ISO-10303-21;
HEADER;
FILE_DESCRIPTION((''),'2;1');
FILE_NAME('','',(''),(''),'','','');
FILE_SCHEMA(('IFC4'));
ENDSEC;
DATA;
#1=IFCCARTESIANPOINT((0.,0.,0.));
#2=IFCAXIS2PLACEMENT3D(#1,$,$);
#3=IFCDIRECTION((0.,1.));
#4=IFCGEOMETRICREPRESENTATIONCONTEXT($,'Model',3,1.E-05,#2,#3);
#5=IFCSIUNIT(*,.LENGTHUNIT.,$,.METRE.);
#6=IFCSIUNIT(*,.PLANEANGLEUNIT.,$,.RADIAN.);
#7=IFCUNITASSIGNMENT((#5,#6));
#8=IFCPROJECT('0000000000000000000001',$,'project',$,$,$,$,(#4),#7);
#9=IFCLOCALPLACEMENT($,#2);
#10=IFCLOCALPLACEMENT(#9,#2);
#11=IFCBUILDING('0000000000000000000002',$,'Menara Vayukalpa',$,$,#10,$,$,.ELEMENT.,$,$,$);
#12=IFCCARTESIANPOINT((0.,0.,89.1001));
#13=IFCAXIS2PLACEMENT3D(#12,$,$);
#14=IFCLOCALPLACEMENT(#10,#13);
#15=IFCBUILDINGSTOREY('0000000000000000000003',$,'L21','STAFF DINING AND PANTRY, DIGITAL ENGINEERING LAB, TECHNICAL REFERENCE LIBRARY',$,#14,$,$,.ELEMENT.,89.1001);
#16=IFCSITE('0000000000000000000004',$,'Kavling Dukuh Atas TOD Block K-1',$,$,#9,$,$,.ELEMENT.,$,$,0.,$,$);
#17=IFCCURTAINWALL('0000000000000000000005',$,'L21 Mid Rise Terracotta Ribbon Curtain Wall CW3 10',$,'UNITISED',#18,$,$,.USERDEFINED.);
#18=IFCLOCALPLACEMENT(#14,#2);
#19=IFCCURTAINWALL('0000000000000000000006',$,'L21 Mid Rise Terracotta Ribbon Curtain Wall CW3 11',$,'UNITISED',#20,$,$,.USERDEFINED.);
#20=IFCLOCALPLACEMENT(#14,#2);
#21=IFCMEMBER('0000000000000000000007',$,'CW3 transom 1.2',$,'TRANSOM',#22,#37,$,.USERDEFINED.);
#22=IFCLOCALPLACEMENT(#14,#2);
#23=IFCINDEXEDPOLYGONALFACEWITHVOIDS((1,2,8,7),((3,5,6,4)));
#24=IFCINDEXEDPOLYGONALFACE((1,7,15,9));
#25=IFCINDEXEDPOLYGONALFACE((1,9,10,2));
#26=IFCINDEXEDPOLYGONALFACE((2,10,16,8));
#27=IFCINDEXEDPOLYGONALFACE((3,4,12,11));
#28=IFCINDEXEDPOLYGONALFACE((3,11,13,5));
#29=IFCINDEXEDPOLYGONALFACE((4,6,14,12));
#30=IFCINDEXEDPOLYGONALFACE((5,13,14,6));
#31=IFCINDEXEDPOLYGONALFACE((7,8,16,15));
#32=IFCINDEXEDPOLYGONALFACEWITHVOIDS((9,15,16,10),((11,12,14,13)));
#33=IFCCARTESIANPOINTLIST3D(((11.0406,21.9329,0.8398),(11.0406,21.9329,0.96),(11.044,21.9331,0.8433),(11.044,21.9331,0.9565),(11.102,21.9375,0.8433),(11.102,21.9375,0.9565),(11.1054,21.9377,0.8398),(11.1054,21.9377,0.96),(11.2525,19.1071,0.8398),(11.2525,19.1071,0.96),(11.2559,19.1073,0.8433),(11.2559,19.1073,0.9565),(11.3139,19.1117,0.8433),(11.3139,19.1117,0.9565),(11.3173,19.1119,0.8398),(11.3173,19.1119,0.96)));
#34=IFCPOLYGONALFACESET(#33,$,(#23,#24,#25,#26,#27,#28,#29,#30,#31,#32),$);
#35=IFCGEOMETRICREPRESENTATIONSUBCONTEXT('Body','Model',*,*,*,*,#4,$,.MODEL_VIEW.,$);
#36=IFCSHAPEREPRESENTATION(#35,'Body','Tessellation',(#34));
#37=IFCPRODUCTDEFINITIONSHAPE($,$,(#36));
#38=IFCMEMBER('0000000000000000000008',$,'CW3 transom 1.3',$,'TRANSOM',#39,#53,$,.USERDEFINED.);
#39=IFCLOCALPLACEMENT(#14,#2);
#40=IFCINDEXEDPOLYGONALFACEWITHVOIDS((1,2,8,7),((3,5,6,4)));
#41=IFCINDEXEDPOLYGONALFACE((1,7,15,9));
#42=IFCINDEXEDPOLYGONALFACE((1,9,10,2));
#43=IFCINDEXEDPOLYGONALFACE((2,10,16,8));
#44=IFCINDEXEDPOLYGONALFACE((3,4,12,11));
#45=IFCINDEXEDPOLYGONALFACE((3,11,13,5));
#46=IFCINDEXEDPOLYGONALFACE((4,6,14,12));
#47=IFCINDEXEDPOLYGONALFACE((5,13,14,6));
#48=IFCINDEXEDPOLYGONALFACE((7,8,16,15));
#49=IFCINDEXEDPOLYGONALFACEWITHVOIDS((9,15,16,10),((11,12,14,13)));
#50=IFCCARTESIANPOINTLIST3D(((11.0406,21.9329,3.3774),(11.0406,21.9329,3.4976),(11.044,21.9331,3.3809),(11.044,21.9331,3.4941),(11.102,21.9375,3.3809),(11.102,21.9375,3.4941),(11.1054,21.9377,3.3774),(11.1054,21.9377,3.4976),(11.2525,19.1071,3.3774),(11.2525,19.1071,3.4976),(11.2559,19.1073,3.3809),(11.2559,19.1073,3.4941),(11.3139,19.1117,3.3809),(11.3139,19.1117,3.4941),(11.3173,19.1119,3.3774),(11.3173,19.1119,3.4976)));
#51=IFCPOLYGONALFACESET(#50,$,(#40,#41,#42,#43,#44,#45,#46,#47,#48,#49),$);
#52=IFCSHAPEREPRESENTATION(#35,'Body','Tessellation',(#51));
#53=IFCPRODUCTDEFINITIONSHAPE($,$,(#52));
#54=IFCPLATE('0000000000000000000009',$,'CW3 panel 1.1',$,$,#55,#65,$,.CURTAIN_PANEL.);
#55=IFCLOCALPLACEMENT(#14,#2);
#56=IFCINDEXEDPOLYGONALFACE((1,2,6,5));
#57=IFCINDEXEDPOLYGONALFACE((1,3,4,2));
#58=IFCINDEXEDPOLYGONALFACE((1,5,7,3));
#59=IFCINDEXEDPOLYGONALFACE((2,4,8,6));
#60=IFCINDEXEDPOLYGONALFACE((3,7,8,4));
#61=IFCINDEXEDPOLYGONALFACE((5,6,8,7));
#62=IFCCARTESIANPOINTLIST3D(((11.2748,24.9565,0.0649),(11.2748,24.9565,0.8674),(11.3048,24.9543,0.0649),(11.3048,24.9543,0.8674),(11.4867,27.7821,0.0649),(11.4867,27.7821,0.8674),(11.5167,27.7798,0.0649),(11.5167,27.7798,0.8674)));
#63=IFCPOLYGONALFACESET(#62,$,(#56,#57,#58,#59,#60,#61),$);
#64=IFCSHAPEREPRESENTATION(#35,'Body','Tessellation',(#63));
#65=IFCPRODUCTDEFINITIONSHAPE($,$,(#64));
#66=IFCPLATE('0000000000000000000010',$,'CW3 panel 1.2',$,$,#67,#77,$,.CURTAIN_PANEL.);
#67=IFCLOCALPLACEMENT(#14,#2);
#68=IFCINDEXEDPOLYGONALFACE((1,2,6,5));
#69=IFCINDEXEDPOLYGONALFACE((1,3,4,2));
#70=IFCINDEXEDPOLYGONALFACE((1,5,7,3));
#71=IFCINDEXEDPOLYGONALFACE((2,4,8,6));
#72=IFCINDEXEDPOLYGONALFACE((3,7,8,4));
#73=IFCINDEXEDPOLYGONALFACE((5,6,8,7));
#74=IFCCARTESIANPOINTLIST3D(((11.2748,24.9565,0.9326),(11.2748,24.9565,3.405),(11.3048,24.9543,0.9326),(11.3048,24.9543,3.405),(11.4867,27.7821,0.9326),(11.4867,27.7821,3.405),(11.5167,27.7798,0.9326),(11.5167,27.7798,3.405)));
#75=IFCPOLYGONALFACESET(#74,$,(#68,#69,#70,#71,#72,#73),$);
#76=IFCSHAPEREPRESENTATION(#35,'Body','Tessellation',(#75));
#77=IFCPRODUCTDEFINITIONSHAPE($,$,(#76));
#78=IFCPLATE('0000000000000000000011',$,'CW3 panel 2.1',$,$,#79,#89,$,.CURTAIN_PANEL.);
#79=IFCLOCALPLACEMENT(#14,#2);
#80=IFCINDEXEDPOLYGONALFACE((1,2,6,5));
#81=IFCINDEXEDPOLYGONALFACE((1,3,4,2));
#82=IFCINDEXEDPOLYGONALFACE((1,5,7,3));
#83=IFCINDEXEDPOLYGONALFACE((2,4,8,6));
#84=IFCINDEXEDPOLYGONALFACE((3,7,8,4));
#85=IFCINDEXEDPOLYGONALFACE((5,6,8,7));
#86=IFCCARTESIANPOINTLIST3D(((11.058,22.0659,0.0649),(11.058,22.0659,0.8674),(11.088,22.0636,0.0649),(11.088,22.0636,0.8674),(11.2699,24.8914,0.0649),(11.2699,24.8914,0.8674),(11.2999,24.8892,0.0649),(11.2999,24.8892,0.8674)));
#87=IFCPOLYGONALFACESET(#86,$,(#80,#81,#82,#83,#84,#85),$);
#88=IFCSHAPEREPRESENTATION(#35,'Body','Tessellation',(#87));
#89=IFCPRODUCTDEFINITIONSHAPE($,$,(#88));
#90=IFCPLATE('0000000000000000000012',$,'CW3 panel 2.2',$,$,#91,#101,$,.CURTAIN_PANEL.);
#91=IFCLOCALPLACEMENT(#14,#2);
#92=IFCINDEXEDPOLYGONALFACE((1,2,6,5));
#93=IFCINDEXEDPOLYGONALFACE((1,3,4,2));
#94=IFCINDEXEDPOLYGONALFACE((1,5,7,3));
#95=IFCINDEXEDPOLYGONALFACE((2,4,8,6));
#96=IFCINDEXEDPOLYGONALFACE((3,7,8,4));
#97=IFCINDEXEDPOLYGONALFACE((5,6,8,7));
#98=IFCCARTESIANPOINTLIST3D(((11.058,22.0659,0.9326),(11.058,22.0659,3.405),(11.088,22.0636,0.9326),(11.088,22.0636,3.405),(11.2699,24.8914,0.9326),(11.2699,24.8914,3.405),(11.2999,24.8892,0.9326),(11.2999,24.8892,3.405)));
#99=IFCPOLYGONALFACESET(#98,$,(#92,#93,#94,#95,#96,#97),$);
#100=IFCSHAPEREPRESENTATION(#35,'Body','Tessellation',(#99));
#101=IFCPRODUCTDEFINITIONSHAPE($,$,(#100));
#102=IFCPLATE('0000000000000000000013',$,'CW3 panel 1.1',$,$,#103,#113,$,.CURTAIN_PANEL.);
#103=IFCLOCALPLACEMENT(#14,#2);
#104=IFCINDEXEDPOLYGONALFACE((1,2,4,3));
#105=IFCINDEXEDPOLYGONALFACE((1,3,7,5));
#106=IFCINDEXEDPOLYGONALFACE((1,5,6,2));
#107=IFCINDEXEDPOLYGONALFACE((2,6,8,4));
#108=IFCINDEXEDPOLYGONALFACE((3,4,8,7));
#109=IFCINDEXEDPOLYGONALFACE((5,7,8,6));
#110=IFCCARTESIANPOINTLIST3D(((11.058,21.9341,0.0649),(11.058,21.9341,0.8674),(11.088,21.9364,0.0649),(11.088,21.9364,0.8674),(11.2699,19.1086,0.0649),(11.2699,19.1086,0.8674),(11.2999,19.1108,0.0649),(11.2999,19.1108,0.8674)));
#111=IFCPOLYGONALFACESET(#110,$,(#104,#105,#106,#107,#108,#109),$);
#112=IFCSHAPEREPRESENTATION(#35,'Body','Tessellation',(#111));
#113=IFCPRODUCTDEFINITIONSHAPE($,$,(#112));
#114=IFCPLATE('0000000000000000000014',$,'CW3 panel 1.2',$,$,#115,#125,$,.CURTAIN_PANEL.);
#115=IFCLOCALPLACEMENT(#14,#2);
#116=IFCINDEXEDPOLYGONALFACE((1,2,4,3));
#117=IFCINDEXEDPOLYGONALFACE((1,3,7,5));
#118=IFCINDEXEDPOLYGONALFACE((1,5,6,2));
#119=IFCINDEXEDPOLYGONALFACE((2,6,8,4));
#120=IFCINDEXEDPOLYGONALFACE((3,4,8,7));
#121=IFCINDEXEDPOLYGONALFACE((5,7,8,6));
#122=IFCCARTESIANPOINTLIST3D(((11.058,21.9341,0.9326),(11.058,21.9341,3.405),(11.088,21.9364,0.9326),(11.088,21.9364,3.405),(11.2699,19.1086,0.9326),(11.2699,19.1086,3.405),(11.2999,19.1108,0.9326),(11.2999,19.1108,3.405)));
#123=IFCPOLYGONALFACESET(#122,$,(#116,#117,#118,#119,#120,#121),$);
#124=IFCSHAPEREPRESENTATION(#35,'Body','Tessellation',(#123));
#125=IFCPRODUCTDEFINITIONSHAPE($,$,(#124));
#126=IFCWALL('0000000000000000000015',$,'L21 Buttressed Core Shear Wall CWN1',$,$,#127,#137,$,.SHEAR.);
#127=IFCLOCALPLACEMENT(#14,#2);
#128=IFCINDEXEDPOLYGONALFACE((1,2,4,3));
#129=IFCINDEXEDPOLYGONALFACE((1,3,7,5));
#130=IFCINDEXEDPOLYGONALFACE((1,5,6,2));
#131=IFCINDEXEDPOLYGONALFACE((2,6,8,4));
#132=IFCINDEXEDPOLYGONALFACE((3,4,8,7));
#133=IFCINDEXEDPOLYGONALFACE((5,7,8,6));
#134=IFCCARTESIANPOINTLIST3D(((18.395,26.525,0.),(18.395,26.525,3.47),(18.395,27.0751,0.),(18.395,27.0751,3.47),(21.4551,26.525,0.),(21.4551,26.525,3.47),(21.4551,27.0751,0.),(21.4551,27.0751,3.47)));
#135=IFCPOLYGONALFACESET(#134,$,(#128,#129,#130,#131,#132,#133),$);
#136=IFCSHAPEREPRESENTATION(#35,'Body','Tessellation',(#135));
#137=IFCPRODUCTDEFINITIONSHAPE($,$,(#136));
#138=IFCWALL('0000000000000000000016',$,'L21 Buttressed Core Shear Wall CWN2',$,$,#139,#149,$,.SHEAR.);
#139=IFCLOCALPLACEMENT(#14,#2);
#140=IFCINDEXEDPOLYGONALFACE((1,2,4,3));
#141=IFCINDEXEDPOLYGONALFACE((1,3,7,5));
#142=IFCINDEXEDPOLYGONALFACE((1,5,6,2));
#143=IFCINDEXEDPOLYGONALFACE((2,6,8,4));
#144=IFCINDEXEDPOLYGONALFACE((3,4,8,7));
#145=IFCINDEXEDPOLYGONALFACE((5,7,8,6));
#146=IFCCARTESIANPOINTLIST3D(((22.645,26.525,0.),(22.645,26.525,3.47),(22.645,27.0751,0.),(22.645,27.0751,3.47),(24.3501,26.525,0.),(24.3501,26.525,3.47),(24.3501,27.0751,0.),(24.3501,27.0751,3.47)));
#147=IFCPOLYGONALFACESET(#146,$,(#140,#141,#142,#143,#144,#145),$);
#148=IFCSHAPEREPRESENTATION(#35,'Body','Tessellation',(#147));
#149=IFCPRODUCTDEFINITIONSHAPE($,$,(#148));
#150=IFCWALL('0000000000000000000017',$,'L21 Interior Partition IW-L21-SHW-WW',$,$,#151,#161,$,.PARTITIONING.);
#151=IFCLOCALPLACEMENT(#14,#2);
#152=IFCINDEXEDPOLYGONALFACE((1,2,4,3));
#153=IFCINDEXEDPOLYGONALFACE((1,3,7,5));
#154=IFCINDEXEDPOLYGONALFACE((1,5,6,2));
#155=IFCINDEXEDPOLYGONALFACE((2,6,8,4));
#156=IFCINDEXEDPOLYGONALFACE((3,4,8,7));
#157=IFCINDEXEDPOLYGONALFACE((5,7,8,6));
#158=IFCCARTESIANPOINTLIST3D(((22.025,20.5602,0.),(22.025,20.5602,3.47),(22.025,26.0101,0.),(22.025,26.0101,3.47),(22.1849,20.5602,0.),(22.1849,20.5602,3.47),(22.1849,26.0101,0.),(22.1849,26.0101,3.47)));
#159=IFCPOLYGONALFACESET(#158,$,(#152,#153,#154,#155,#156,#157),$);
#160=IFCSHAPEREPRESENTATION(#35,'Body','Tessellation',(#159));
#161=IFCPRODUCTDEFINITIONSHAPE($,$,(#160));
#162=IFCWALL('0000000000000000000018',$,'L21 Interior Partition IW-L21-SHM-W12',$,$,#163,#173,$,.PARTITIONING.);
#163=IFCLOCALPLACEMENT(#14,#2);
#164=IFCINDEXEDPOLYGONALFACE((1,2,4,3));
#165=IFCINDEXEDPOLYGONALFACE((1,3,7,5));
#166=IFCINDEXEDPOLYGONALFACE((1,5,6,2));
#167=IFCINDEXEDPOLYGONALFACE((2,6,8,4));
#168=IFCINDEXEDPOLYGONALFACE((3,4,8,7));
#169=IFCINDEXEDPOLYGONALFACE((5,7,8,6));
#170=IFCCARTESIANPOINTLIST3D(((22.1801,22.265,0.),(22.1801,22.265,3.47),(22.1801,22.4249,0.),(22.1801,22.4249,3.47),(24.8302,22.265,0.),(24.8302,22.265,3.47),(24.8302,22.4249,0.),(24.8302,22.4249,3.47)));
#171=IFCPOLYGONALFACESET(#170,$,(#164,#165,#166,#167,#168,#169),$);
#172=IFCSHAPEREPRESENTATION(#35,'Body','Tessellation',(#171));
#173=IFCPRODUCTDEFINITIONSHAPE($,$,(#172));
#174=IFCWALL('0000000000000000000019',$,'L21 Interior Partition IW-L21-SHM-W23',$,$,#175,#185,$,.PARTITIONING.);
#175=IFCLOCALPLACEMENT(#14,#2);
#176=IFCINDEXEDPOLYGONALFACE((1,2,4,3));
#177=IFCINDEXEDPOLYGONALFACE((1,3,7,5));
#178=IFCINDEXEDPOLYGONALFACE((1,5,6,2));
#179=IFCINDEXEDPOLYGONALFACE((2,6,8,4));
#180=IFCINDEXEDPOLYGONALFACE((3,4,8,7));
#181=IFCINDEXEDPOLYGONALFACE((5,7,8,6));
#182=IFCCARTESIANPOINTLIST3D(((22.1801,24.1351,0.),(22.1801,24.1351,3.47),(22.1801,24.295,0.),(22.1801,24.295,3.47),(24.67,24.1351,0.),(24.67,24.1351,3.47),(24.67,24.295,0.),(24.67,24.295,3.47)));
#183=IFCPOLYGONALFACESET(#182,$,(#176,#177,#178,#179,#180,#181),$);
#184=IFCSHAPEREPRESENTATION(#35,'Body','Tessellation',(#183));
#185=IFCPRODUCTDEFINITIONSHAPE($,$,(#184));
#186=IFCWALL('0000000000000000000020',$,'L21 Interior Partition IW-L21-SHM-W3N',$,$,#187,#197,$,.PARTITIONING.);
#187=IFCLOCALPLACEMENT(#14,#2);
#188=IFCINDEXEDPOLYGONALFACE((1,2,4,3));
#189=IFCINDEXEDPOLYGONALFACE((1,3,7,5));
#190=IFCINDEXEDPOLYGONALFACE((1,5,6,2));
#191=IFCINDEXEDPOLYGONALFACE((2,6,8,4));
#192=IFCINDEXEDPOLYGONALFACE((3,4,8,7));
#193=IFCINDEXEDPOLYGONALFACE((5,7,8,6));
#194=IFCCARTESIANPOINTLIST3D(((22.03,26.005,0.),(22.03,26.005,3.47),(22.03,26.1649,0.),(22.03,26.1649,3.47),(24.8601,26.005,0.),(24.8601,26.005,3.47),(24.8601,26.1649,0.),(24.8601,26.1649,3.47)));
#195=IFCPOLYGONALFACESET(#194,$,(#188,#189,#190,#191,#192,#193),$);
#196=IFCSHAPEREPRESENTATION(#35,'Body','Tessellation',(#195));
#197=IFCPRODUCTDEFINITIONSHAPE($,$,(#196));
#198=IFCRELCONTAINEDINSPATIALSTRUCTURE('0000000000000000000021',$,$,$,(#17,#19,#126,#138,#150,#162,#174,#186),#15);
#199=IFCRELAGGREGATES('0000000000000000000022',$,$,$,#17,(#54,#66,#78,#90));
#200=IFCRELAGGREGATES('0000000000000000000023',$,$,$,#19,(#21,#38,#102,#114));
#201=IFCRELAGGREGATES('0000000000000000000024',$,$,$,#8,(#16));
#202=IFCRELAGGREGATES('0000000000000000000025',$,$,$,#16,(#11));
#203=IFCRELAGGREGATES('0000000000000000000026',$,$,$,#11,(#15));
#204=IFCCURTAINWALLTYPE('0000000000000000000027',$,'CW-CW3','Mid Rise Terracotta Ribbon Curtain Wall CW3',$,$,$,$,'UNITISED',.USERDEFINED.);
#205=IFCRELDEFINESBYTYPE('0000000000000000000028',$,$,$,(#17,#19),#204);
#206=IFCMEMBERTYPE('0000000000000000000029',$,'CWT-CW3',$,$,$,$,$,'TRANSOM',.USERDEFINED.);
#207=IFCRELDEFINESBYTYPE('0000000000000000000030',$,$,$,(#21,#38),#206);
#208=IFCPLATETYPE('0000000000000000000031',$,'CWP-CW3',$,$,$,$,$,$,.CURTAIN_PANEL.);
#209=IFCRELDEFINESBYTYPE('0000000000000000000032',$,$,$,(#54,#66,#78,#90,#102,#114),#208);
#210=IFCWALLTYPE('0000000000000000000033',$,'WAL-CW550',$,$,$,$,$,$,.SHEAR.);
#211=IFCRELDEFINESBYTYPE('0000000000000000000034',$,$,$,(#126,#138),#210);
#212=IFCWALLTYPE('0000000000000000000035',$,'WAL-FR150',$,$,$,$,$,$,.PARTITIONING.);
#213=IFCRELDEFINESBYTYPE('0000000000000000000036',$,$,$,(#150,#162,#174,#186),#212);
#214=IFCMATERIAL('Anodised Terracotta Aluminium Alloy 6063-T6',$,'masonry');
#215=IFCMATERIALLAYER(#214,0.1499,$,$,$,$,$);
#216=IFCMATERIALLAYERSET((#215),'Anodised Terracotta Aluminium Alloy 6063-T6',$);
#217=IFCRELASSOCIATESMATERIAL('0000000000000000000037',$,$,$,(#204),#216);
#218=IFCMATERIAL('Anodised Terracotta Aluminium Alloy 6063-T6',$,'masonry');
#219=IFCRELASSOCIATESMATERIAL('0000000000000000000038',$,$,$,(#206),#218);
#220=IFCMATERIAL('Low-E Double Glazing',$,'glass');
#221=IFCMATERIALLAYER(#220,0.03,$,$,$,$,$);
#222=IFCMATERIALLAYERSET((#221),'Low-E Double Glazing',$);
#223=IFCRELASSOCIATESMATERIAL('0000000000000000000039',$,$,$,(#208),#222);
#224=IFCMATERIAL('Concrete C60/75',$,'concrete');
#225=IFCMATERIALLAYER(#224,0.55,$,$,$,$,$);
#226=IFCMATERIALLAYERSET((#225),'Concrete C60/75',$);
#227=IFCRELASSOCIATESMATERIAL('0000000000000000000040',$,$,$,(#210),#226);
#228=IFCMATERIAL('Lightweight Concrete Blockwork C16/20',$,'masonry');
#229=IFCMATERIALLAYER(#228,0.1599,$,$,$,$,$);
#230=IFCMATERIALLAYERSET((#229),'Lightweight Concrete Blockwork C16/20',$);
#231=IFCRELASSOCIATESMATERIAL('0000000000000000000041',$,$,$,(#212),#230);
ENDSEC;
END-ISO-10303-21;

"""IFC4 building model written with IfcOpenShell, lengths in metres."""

from ifc_helpers import new_model, si_unit, direction, frame, frame_2d, origin, origin_2d, place, context, subcontext, project, spatial, rectangle, hollow_rectangle, extrude, material, layer, layer_set, material_profile, profile_set, type_object, element, aggregate, save


model = new_model("IFC4")

# Units and contexts
model_context = context("Model", 3, precision=1e-05, world=origin(), true_north=direction((0.0, 1.0)))
body_context = subcontext(model_context, "Body", "Model", "MODEL_VIEW")
ifc_project = project(units=[si_unit("LENGTHUNIT", "METRE"), si_unit("PLANEANGLEUNIT", "RADIAN")], contexts=[model_context])

# Site, building, storey
site_placement = place(None, origin())
site = spatial("IfcSite", under=ifc_project, at=site_placement, Name="Kavling Dukuh Atas TOD Block K-1", CompositionType="ELEMENT", RefElevation=0.0)
building_placement = place(site_placement, origin())
building = spatial("IfcBuilding", under=site, at=building_placement, Name="Menara Vayukalpa", CompositionType="ELEMENT")
storey_placement = place(building_placement, frame((0.0, 0.0, 89.1001)))
storey = spatial("IfcBuildingStorey", under=building, at=storey_placement, Name="L21", Description="STAFF DINING AND PANTRY, DIGITAL ENGINEERING LAB, TECHNICAL REFERENCE LIBRARY", CompositionType="ELEMENT", Elevation=89.1001)

# Curtain wall
ifc_material_1 = material(Name="Anodised Terracotta Aluminium Alloy 6063-T6", Category="masonry")
ifc_layer_1 = layer(ifc_material_1, 0.1499)
ifc_layer_set_1 = layer_set([ifc_layer_1], Name="Anodised Terracotta Aluminium Alloy 6063-T6")
curtain_wall_type = type_object("IfcCurtainWallType", Name="CW-CW3", Description="Mid Rise Terracotta Ribbon Curtain Wall CW3", ElementType="UNITISED", PredefinedType="USERDEFINED", material=ifc_layer_set_1)
curtain_wall_1_placement = place(storey_placement, origin())
curtain_wall_1 = element("IfcCurtainWall", 1, at=curtain_wall_1_placement, inside=storey, type_object=curtain_wall_type, Name="L21 Mid Rise Terracotta Ribbon Curtain Wall CW3 10", ObjectType="UNITISED", PredefinedType="USERDEFINED")

# Curtain wall
curtain_wall_2_placement = place(storey_placement, origin())
curtain_wall_2 = element("IfcCurtainWall", 2, at=curtain_wall_2_placement, inside=storey, type_object=curtain_wall_type, Name="L21 Mid Rise Terracotta Ribbon Curtain Wall CW3 11", ObjectType="UNITISED", PredefinedType="USERDEFINED")

# Members
ifc_material_2 = material(Name="Anodised Terracotta Aluminium Alloy 6063-T6", Category="masonry")
ifc_material_profile_1 = material_profile(ifc_material_2, hollow_rectangle(XDim=0.0649, YDim=0.1201, WallThickness=0.0034, at=origin_2d()), Name="ALU 65x120x3.5")
ifc_profile_set_1 = profile_set([ifc_material_profile_1], Name="Anodised Terracotta Aluminium Alloy 6063-T6")
member_type_1 = type_object("IfcMemberType", Name="CWT-CW3", ElementType="TRANSOM", PredefinedType="USERDEFINED", material=ifc_profile_set_1)
member_1_placement = place(storey_placement, frame((11.073, 21.9353, 0.8999), z_axis=(0.074786, -0.9972, 0.0), x_axis=(0.9972, 0.074786, 0.0)))
member_1 = element("IfcMember", 3, at=member_1_placement, type_object=member_type_1, Name="CW3 transom 1.2", ObjectType="TRANSOM", PredefinedType="USERDEFINED", context=body_context, shape_type="SweptSolid", body=[
    extrude(hollow_rectangle(XDim=0.0649, YDim=0.1201, WallThickness=0.0034, at=origin_2d()), origin(), (0.0, 0.0, 1.0), 2.8337),
])
member_2_placement = place(storey_placement, frame((11.073, 21.9353, 3.4375), z_axis=(0.074786, -0.9972, 0.0), x_axis=(0.9972, 0.074786, 0.0)))
member_2 = element("IfcMember", 4, at=member_2_placement, type_object=member_type_1, Name="CW3 transom 1.3", ObjectType="TRANSOM", PredefinedType="USERDEFINED", context=body_context, shape_type="SweptSolid", body=[
    extrude(hollow_rectangle(XDim=0.0649, YDim=0.1201, WallThickness=0.0034, at=origin_2d()), origin(), (0.0, 0.0, 1.0), 2.8337),
])

# Plates
ifc_material_3 = material(Name="Low-E Double Glazing", Category="glass")
ifc_layer_2 = layer(ifc_material_3, 0.03)
ifc_layer_set_2 = layer_set([ifc_layer_2], Name="Low-E Double Glazing")
plate_type = type_object("IfcPlateType", Name="CWP-CW3", PredefinedType="CURTAIN_PANEL", material=ifc_layer_set_2)
plate_1_placement = place(storey_placement, frame((11.3958, 26.3682, 0.0649), z_axis=(0.0, 0.0, 1.0), x_axis=(-0.074785, -0.9972, 0.0)))
plate_1 = element("IfcPlate", 5, at=plate_1_placement, type_object=plate_type, Name="CW3 panel 1.1", PredefinedType="CURTAIN_PANEL", context=body_context, shape_type="SweptSolid", body=[
    extrude(rectangle(XDim=2.8335, YDim=0.03, at=origin_2d()), origin(), (0.0, 0.0, 1.0), 0.8025),
])
plate_2_placement = place(storey_placement, frame((11.3958, 26.3682, 0.9326), z_axis=(0.0, 0.0, 1.0), x_axis=(-0.074785, -0.9972, 0.0)))
plate_2 = element("IfcPlate", 6, at=plate_2_placement, type_object=plate_type, Name="CW3 panel 1.2", PredefinedType="CURTAIN_PANEL", context=body_context, shape_type="SweptSolid", body=[
    extrude(rectangle(XDim=2.8335, YDim=0.03, at=origin_2d()), origin(), (0.0, 0.0, 1.0), 2.4724),
])
plate_3_placement = place(storey_placement, frame((11.179, 23.4775, 0.0649), z_axis=(0.0, 0.0, 1.0), x_axis=(-0.074785, -0.9972, 0.0)))
plate_3 = element("IfcPlate", 7, at=plate_3_placement, type_object=plate_type, Name="CW3 panel 2.1", PredefinedType="CURTAIN_PANEL", context=body_context, shape_type="SweptSolid", body=[
    extrude(rectangle(XDim=2.8335, YDim=0.03, at=origin_2d()), origin(), (0.0, 0.0, 1.0), 0.8025),
])
plate_4_placement = place(storey_placement, frame((11.179, 23.4775, 0.9326), z_axis=(0.0, 0.0, 1.0), x_axis=(-0.074785, -0.9972, 0.0)))
plate_4 = element("IfcPlate", 8, at=plate_4_placement, type_object=plate_type, Name="CW3 panel 2.2", PredefinedType="CURTAIN_PANEL", context=body_context, shape_type="SweptSolid", body=[
    extrude(rectangle(XDim=2.8335, YDim=0.03, at=origin_2d()), origin(), (0.0, 0.0, 1.0), 2.4724),
])
aggregate(curtain_wall_1, [plate_1, plate_2, plate_3, plate_4])
plate_5_placement = place(storey_placement, frame((11.179, 20.5225, 0.0649), z_axis=(0.0, 0.0, 1.0), x_axis=(0.074785, -0.9972, 0.0)))
plate_5 = element("IfcPlate", 9, at=plate_5_placement, type_object=plate_type, Name="CW3 panel 1.1", PredefinedType="CURTAIN_PANEL", context=body_context, shape_type="SweptSolid", body=[
    extrude(rectangle(XDim=2.8335, YDim=0.03, at=origin_2d()), origin(), (0.0, 0.0, 1.0), 0.8025),
])
plate_6_placement = place(storey_placement, frame((11.179, 20.5225, 0.9326), z_axis=(0.0, 0.0, 1.0), x_axis=(0.074785, -0.9972, 0.0)))
plate_6 = element("IfcPlate", 10, at=plate_6_placement, type_object=plate_type, Name="CW3 panel 1.2", PredefinedType="CURTAIN_PANEL", context=body_context, shape_type="SweptSolid", body=[
    extrude(rectangle(XDim=2.8335, YDim=0.03, at=origin_2d()), origin(), (0.0, 0.0, 1.0), 2.4724),
])
aggregate(curtain_wall_2, [member_1, member_2, plate_5, plate_6])

# Walls
ifc_material_4 = material(Name="Concrete C60/75", Category="concrete")
ifc_layer_3 = layer(ifc_material_4, 0.55)
ifc_layer_set_3 = layer_set([ifc_layer_3], Name="Concrete C60/75")
wall_type_1 = type_object("IfcWallType", Name="WAL-CW550", PredefinedType="SHEAR", material=ifc_layer_set_3)
wall_1_placement = place(storey_placement, frame((18.395, 26.8, 0.0), z_axis=(0.0, 0.0, 1.0), x_axis=(1.0, 0.0, 0.0)))
element("IfcWall", 11, at=wall_1_placement, inside=storey, type_object=wall_type_1, Name="L21 Buttressed Core Shear Wall CWN1", PredefinedType="SHEAR", context=body_context, shape_type="SweptSolid", body=[
    extrude(rectangle(XDim=3.0601, YDim=0.55, at=frame_2d((1.53, 0.0))), origin(), (0.0, 0.0, 1.0), 3.47),
])
wall_2_placement = place(storey_placement, frame((22.645, 26.8, 0.0), z_axis=(0.0, 0.0, 1.0), x_axis=(1.0, 0.0, 0.0)))
element("IfcWall", 12, at=wall_2_placement, inside=storey, type_object=wall_type_1, Name="L21 Buttressed Core Shear Wall CWN2", PredefinedType="SHEAR", context=body_context, shape_type="SweptSolid", body=[
    extrude(rectangle(XDim=1.7051, YDim=0.55, at=frame_2d((0.8525, 0.0))), origin(), (0.0, 0.0, 1.0), 3.47),
])
ifc_material_5 = material(Name="Lightweight Concrete Blockwork C16/20", Category="masonry")
ifc_layer_4 = layer(ifc_material_5, 0.1599)
ifc_layer_set_4 = layer_set([ifc_layer_4], Name="Lightweight Concrete Blockwork C16/20")
wall_type_2 = type_object("IfcWallType", Name="WAL-FR150", PredefinedType="PARTITIONING", material=ifc_layer_set_4)
wall_3_placement = place(storey_placement, frame((22.105, 20.5601, 0.0), z_axis=(0.0, 0.0, 1.0), x_axis=(0.0, 1.0, 0.0)))
element("IfcWall", 13, at=wall_3_placement, inside=storey, type_object=wall_type_2, Name="L21 Interior Partition IW-L21-SHW-WW", PredefinedType="PARTITIONING", context=body_context, shape_type="SweptSolid", body=[
    extrude(rectangle(XDim=5.45, YDim=0.1599, at=frame_2d((2.7251, 0.0))), origin(), (0.0, 0.0, 1.0), 3.47),
])
wall_4_placement = place(storey_placement, frame((22.1799, 22.345, 0.0), z_axis=(0.0, 0.0, 1.0), x_axis=(1.0, 0.0, 0.0)))
element("IfcWall", 14, at=wall_4_placement, inside=storey, type_object=wall_type_2, Name="L21 Interior Partition IW-L21-SHM-W12", PredefinedType="PARTITIONING", context=body_context, shape_type="SweptSolid", body=[
    extrude(rectangle(XDim=2.6501, YDim=0.1599, at=frame_2d((1.3252, 0.0))), origin(), (0.0, 0.0, 1.0), 3.47),
])
wall_5_placement = place(storey_placement, frame((22.1799, 24.2151, 0.0), z_axis=(0.0, 0.0, 1.0), x_axis=(1.0, 0.0, 0.0)))
element("IfcWall", 15, at=wall_5_placement, inside=storey, type_object=wall_type_2, Name="L21 Interior Partition IW-L21-SHM-W23", PredefinedType="PARTITIONING", context=body_context, shape_type="SweptSolid", body=[
    extrude(rectangle(XDim=2.49, YDim=0.1599, at=frame_2d((1.2451, 0.0))), origin(), (0.0, 0.0, 1.0), 3.47),
])
wall_6_placement = place(storey_placement, frame((22.03, 26.085, 0.0), z_axis=(0.0, 0.0, 1.0), x_axis=(1.0, 0.0, 0.0)))
element("IfcWall", 16, at=wall_6_placement, inside=storey, type_object=wall_type_2, Name="L21 Interior Partition IW-L21-SHM-W3N", PredefinedType="PARTITIONING", context=body_context, shape_type="SweptSolid", body=[
    extrude(rectangle(XDim=2.8301, YDim=0.1599, at=frame_2d((1.415, 0.0))), origin(), (0.0, 0.0, 1.0), 3.47),
])

save(model, "model.ifc")
